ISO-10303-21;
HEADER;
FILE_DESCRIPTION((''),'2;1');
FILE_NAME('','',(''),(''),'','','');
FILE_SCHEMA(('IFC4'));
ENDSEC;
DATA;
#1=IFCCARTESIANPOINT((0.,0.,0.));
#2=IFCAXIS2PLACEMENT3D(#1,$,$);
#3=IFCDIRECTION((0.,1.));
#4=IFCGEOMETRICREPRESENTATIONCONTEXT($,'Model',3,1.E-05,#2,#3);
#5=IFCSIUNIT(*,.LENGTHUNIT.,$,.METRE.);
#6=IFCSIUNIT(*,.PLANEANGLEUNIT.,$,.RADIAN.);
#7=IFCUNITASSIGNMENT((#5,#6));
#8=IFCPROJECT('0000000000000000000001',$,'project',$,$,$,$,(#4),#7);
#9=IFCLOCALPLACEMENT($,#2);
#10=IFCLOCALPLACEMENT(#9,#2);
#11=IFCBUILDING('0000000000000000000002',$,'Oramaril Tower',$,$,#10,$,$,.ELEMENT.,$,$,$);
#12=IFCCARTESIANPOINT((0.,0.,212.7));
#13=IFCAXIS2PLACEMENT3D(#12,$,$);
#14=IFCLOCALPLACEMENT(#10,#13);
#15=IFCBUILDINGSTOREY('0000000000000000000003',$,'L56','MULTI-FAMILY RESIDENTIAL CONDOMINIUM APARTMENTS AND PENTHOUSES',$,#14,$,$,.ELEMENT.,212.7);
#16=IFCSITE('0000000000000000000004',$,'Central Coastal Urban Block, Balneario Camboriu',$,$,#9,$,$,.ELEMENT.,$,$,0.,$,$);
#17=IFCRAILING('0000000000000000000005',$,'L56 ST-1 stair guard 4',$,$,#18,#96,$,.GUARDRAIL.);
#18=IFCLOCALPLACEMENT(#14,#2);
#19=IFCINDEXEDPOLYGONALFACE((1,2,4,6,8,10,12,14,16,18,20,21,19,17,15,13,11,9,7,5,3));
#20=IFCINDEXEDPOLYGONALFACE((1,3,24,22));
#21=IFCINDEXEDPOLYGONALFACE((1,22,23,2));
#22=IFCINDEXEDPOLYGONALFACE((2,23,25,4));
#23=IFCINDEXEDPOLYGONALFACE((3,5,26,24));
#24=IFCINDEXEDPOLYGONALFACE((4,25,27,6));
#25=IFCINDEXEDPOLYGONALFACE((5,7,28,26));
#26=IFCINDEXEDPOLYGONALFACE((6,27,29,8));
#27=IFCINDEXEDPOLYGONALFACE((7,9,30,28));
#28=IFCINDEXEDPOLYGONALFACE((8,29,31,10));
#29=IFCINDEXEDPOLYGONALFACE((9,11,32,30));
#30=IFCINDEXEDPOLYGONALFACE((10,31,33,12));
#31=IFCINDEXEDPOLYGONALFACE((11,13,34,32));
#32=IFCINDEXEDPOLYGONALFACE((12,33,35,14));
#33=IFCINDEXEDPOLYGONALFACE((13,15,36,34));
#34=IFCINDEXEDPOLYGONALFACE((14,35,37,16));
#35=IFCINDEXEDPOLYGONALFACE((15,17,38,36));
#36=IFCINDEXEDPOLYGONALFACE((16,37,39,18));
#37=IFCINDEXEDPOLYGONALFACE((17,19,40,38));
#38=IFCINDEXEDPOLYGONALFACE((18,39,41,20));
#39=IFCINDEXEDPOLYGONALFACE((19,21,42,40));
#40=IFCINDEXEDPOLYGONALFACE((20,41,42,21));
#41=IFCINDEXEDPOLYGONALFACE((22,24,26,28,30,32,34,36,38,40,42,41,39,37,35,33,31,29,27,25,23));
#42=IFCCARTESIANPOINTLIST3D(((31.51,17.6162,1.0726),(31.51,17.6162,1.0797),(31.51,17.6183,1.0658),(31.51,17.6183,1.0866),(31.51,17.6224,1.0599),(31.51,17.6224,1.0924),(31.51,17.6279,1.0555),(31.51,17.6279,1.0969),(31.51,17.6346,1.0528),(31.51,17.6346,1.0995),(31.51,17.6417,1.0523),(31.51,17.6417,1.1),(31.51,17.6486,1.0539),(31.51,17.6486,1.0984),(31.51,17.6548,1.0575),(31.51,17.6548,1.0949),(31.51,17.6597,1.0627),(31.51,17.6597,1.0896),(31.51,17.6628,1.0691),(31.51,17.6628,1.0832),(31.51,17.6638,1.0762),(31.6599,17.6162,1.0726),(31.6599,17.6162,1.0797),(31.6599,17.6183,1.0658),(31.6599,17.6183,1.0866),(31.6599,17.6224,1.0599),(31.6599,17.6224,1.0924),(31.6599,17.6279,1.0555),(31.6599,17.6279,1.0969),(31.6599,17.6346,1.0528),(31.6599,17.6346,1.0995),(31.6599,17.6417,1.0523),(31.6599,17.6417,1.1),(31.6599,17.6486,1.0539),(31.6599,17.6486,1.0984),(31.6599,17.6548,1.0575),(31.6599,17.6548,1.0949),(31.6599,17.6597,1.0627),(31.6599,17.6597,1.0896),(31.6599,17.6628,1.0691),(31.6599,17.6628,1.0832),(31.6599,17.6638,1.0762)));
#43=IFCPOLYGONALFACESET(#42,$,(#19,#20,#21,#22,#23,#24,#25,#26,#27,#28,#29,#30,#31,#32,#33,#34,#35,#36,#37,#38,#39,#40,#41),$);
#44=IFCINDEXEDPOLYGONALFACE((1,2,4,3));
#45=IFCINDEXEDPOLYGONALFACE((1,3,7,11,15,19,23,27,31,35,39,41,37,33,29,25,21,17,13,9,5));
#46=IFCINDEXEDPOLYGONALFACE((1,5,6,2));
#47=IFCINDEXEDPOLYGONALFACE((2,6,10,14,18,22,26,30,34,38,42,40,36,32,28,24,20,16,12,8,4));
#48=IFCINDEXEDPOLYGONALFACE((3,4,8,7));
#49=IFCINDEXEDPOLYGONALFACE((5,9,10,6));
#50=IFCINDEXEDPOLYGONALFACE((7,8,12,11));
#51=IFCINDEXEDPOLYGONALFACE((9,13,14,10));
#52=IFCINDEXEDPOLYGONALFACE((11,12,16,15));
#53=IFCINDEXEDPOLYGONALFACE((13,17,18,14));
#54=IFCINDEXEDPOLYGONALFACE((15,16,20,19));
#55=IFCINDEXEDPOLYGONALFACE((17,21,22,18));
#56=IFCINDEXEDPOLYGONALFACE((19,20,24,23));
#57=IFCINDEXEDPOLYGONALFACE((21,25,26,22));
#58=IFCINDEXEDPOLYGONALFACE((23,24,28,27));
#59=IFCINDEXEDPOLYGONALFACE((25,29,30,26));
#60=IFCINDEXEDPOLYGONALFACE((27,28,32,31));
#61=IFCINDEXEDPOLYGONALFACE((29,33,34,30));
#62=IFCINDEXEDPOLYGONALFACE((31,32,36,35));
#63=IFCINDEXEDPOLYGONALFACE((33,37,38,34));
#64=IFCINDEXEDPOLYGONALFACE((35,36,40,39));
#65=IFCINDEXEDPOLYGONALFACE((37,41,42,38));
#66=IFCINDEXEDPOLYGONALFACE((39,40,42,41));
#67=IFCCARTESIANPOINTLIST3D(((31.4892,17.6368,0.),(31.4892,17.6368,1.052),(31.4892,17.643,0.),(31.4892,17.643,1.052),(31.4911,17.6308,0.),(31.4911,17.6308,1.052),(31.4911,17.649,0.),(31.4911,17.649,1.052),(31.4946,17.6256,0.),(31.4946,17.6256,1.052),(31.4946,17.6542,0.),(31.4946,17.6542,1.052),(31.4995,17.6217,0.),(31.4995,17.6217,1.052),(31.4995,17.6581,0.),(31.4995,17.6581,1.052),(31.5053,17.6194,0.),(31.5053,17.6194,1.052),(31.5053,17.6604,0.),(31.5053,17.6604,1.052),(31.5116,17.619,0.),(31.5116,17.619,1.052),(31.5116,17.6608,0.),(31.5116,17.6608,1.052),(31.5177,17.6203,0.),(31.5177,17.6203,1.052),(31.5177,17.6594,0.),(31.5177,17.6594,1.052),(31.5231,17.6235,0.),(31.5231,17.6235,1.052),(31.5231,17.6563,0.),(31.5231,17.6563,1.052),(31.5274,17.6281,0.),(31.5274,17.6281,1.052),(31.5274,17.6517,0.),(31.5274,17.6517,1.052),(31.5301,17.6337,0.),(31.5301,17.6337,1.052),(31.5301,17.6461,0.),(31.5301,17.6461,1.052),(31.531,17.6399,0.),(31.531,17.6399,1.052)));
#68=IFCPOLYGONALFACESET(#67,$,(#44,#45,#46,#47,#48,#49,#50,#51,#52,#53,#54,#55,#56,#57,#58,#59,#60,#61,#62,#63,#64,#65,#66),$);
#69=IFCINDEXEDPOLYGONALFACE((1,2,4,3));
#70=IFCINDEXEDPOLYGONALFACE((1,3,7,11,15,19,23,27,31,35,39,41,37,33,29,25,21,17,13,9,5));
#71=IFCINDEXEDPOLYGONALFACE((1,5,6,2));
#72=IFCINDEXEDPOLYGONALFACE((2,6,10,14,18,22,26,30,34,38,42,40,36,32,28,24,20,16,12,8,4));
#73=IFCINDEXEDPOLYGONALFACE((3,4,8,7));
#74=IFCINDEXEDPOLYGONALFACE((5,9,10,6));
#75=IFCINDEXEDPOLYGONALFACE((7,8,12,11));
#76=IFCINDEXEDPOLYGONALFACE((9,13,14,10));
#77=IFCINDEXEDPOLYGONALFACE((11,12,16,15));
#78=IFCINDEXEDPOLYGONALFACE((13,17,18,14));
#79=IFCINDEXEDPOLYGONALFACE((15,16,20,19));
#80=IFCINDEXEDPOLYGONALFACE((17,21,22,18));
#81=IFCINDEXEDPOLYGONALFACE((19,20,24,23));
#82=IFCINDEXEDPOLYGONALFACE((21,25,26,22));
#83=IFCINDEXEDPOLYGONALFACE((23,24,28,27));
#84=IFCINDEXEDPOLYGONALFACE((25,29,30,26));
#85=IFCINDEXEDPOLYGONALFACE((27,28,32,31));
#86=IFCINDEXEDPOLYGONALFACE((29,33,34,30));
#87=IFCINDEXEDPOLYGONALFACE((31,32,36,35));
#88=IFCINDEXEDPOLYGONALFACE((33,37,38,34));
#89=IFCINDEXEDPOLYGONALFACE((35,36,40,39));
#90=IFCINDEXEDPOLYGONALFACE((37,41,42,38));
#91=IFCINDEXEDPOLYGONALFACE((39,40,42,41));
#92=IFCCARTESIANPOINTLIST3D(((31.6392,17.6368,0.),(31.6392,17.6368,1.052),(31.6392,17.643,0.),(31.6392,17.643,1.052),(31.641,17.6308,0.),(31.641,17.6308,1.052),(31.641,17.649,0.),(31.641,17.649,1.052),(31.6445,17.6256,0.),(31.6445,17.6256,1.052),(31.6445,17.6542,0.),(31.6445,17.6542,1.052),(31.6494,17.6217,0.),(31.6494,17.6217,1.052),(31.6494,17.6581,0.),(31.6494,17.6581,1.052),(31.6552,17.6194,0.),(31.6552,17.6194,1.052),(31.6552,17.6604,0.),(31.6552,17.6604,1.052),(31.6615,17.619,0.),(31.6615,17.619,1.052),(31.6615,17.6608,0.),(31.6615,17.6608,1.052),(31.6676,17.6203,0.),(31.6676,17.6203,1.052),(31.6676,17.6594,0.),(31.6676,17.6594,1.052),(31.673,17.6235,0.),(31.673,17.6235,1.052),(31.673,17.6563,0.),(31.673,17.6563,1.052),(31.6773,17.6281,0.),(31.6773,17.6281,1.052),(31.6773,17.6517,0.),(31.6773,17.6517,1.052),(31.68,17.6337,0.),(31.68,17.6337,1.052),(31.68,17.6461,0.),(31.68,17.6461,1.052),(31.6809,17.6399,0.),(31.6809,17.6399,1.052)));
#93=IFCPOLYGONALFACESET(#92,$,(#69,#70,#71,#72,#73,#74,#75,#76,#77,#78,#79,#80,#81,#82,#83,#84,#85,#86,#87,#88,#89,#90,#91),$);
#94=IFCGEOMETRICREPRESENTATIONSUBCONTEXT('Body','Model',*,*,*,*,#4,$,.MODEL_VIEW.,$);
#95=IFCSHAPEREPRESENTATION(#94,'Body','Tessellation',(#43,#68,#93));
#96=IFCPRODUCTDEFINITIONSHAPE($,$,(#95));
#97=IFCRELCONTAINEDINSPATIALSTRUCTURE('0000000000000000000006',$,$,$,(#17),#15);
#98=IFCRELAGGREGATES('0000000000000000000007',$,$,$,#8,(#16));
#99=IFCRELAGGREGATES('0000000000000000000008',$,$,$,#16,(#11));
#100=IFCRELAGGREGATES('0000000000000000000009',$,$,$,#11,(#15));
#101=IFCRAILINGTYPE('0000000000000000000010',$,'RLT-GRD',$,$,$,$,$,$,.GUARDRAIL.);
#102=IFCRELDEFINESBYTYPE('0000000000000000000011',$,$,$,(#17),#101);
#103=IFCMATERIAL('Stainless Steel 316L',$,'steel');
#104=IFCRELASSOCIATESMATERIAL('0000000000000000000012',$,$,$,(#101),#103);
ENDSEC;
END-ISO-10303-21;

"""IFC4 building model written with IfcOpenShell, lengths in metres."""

from ifc_helpers import new_model, si_unit, direction, frame, origin, origin_2d, place, context, subcontext, project, spatial, circle, extrude, material, type_object, element, save


model = new_model("IFC4")

# Units and contexts
model_context = context("Model", 3, precision=1e-05, world=origin(), true_north=direction((0.0, 1.0)))
body_context = subcontext(model_context, "Body", "Model", "MODEL_VIEW")
ifc_project = project(units=[si_unit("LENGTHUNIT", "METRE"), si_unit("PLANEANGLEUNIT", "RADIAN")], contexts=[model_context])

# Site, building, storey
site_placement = place(None, origin())
site = spatial("IfcSite", under=ifc_project, at=site_placement, Name="Central Coastal Urban Block, Balneario Camboriu", CompositionType="ELEMENT", RefElevation=0.0)
building_placement = place(site_placement, origin())
building = spatial("IfcBuilding", under=site, at=building_placement, Name="Oramaril Tower", CompositionType="ELEMENT")
storey_placement = place(building_placement, frame((0.0, 0.0, 212.7)))
storey = spatial("IfcBuildingStorey", under=building, at=storey_placement, Name="L56", Description="MULTI-FAMILY RESIDENTIAL CONDOMINIUM APARTMENTS AND PENTHOUSES", CompositionType="ELEMENT", Elevation=212.7)

# Railing
ifc_material_1 = material(Name="Stainless Steel 316L", Category="steel")
railing_type_1 = type_object("IfcRailingType", Name="RLT-GRD", PredefinedType="GUARDRAIL", material=ifc_material_1)
railing_1_placement = place(storey_placement, frame((31.51, 17.6399, 0.0)))
element("IfcRailing", 1, at=railing_1_placement, inside=storey, type_object=railing_type_1, Name="L56 ST-1 stair guard 4", PredefinedType="GUARDRAIL", context=body_context, shape_type="SweptSolid", body=[
    extrude(circle(Radius=0.0239, at=origin_2d()), frame((0.0, 0.0, 1.0762), z_axis=(1.0, 0.0, 0.0), x_axis=(0.0, 1.0, 0.0)), (0.0, 0.0, 1.0), 0.1499),
    extrude(circle(Radius=0.021, at=origin_2d()), origin(), (0.0, 0.0, 1.0), 1.052),
    extrude(circle(Radius=0.021, at=origin_2d()), frame((0.1499, 0.0, 0.0)), (0.0, 0.0, 1.0), 1.052),
])

save(model, "model.ifc")
